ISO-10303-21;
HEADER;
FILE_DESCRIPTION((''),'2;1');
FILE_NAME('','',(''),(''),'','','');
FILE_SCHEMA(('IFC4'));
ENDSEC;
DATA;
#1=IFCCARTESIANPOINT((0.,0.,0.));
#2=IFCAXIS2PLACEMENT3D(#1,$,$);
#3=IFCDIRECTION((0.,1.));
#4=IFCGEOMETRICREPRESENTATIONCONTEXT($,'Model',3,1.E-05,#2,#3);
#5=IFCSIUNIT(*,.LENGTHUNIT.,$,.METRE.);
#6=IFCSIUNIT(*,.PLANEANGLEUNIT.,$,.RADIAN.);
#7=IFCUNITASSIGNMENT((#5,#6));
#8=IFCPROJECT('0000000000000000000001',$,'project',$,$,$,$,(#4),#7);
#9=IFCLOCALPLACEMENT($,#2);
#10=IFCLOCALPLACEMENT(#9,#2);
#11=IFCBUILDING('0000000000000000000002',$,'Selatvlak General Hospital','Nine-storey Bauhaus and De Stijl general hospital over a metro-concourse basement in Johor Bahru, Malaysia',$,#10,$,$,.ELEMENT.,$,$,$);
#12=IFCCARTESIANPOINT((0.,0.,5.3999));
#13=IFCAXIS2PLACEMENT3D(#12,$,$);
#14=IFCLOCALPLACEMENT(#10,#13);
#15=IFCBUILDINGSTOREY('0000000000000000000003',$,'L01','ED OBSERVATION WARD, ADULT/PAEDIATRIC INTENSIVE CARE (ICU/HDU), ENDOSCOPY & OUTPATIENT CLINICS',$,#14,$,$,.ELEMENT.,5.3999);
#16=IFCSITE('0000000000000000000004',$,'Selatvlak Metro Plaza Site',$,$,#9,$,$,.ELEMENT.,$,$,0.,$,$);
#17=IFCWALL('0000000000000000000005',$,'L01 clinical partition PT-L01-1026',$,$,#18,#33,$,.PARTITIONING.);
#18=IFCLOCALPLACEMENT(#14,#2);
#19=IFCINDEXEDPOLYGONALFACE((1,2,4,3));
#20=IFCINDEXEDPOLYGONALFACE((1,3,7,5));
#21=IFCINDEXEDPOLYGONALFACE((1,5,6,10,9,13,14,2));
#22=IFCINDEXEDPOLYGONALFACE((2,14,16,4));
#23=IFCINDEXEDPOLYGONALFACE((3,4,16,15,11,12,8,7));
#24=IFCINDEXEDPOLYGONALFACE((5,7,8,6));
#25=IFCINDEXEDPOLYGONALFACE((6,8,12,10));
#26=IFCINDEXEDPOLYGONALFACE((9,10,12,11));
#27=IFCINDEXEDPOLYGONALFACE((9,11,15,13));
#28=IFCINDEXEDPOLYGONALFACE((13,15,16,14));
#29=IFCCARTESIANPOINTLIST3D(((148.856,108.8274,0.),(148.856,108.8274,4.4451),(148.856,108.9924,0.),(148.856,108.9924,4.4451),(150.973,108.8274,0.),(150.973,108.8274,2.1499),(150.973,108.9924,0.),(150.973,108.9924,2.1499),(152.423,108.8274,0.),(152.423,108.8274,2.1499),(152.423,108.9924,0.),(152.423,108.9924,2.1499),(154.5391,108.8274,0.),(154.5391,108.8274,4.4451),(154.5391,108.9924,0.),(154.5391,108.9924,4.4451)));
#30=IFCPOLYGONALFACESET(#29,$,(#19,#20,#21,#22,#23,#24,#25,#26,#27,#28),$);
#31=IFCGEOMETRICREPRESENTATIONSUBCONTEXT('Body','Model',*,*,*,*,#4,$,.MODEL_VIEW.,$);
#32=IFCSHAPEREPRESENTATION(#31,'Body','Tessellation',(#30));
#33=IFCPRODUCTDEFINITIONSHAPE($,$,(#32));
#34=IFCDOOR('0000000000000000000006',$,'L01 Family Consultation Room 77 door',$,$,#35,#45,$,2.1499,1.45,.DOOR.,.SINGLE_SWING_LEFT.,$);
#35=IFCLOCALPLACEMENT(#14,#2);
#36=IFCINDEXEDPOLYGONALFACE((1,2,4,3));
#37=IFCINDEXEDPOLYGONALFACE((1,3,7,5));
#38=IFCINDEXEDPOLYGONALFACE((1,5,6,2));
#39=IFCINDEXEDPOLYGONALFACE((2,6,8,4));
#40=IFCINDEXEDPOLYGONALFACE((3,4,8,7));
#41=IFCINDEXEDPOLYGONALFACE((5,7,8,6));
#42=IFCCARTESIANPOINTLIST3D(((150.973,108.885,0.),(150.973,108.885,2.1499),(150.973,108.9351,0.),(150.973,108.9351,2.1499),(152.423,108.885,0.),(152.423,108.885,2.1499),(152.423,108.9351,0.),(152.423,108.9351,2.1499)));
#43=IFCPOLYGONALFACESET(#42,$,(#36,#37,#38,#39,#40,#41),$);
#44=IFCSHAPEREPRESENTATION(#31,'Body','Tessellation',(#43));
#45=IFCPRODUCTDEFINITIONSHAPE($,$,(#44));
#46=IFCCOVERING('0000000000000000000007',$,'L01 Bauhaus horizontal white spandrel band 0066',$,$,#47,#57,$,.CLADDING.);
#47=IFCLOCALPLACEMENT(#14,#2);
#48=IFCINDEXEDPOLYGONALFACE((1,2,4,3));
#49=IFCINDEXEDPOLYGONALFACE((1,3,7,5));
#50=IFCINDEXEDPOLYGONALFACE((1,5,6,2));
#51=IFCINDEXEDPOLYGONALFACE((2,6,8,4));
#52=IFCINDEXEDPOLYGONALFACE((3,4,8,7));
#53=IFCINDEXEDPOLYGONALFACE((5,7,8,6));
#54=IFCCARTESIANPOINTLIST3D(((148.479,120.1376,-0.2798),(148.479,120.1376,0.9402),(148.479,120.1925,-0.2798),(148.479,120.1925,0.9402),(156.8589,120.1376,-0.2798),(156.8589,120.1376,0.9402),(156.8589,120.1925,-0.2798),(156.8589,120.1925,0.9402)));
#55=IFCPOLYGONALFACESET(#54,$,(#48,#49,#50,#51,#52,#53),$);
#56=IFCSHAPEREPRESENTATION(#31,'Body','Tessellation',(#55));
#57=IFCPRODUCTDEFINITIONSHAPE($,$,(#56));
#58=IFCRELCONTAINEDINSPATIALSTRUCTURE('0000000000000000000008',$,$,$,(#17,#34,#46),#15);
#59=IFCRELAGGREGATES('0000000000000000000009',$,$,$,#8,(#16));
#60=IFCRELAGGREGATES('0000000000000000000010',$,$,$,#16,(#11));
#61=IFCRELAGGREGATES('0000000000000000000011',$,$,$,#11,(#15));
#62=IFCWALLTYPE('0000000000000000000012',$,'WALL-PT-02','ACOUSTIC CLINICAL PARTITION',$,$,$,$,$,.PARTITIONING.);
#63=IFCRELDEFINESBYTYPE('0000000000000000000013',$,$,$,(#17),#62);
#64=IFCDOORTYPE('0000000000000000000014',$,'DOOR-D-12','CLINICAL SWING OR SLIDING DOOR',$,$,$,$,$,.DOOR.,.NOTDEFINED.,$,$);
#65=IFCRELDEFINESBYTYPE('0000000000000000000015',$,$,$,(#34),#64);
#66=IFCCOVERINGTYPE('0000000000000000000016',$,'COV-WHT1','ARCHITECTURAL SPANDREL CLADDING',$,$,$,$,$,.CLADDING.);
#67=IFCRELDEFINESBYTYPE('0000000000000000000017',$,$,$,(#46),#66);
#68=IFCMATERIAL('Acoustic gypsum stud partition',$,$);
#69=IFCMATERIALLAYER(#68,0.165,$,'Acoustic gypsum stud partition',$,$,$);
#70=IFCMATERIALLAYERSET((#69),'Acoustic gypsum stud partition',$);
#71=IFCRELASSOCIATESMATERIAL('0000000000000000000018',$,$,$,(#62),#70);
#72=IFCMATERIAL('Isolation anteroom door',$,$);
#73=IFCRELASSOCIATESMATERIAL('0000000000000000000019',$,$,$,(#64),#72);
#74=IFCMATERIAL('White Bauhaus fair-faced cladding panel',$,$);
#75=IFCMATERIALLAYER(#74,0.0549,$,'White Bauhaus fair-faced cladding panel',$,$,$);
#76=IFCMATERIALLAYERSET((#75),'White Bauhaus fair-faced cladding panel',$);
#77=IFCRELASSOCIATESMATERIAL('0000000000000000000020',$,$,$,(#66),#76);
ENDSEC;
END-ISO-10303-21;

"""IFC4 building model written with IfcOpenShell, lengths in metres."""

from ifc_helpers import new_model, si_unit, direction, frame, frame_2d, origin, origin_2d, place, context, subcontext, project, spatial, rectangle, extrude, material, layer, layer_set, type_object, element, fill, save


model = new_model("IFC4")

# Units and contexts
model_context = context("Model", 3, precision=1e-05, world=origin(), true_north=direction((0.0, 1.0)))
body_context = subcontext(model_context, "Body", "Model", "MODEL_VIEW")
ifc_project = project(units=[si_unit("LENGTHUNIT", "METRE"), si_unit("PLANEANGLEUNIT", "RADIAN")], contexts=[model_context])

# Site, building, storey
site_placement = place(None, origin())
site = spatial("IfcSite", under=ifc_project, at=site_placement, Name="Selatvlak Metro Plaza Site", CompositionType="ELEMENT", RefElevation=0.0)
building_placement = place(site_placement, origin())
building = spatial("IfcBuilding", under=site, at=building_placement, Name="Selatvlak General Hospital", Description="Nine-storey Bauhaus and De Stijl general hospital over a metro-concourse basement in Johor Bahru, Malaysia", CompositionType="ELEMENT")
storey_placement = place(building_placement, frame((0.0, 0.0, 5.3999)))
storey = spatial("IfcBuildingStorey", under=building, at=storey_placement, Name="L01", Description="ED OBSERVATION WARD, ADULT/PAEDIATRIC INTENSIVE CARE (ICU/HDU), ENDOSCOPY & OUTPATIENT CLINICS", CompositionType="ELEMENT", Elevation=5.3999)

# Wall, opening, door
ifc_material_1 = material(Name="Acoustic gypsum stud partition")
ifc_layer_1 = layer(ifc_material_1, 0.165, Name="Acoustic gypsum stud partition")
ifc_layer_set_1 = layer_set([ifc_layer_1], Name="Acoustic gypsum stud partition")
wall_type_1 = type_object("IfcWallType", Name="WALL-PT-02", Description="ACOUSTIC CLINICAL PARTITION", PredefinedType="PARTITIONING", material=ifc_layer_set_1)
wall_1_placement = place(storey_placement, frame((154.5391, 108.9099, 0.0), z_axis=(0.0, 0.0, 1.0), x_axis=(-1.0, 0.0, 0.0)))
wall_1 = element("IfcWall", 1, at=wall_1_placement, inside=storey, type_object=wall_type_1, Name="L01 clinical partition PT-L01-1026", PredefinedType="PARTITIONING", context=body_context, shape_type="SweptSolid", body=[
    extrude(rectangle(XDim=5.6831, YDim=0.165, at=frame_2d((2.8416, 0.0))), origin(), (0.0, 0.0, 1.0), 4.4451),
])
opening_placement = place(wall_1_placement, frame((2.116, 0.0, 0.0)))
opening = element("IfcOpeningElement", 2, at=opening_placement, cuts=wall_1, PredefinedType="OPENING", context=body_context, shape_type="SweptSolid", body=[
    extrude(rectangle(XDim=1.45, YDim=2.1499, at=frame_2d((0.7251, 1.075))), frame((0.0, 0.0925, 0.0), z_axis=(0.0, -1.0, 0.0), x_axis=(1.0, 0.0, 0.0)), (0.0, 0.0, 1.0), 0.1851),
])
ifc_material_2 = material(Name="Isolation anteroom door")
door_type = type_object("IfcDoorType", Name="DOOR-D-12", Description="CLINICAL SWING OR SLIDING DOOR", OperationType="NOTDEFINED", PredefinedType="DOOR", material=ifc_material_2)
door_placement = place(opening_placement, origin())
door = element("IfcDoor", 3, at=door_placement, inside=storey, type_object=door_type, Name="L01 Family Consultation Room 77 door", OperationType="SINGLE_SWING_LEFT", OverallHeight=2.1499, OverallWidth=1.45, PredefinedType="DOOR", context=body_context, shape_type="SweptSolid", body=[
    extrude(rectangle(XDim=1.45, YDim=2.1499, at=frame_2d((0.7251, 1.075))), frame((0.0, 0.0249, 0.0), z_axis=(0.0, -1.0, 0.0), x_axis=(1.0, 0.0, 0.0)), (0.0, 0.0, 1.0), 0.05),
])
fill(opening, door)

# Covering
ifc_material_3 = material(Name="White Bauhaus fair-faced cladding panel")
ifc_layer_2 = layer(ifc_material_3, 0.0549, Name="White Bauhaus fair-faced cladding panel")
ifc_layer_set_2 = layer_set([ifc_layer_2], Name="White Bauhaus fair-faced cladding panel")
covering_type = type_object("IfcCoveringType", Name="COV-WHT1", Description="ARCHITECTURAL SPANDREL CLADDING", PredefinedType="CLADDING", material=ifc_layer_set_2)
covering_placement = place(storey_placement, frame((152.6689, 120.165, -0.2798), z_axis=(0.0, 0.0, 1.0), x_axis=(1.0, 0.0, 0.0)))
element("IfcCovering", 4, at=covering_placement, inside=storey, type_object=covering_type, Name="L01 Bauhaus horizontal white spandrel band 0066", PredefinedType="CLADDING", context=body_context, shape_type="SweptSolid", body=[
    extrude(rectangle(XDim=8.3799, YDim=0.0549, at=origin_2d()), origin(), (0.0, 0.0, 1.0), 1.22),
])

save(model, "model.ifc")
